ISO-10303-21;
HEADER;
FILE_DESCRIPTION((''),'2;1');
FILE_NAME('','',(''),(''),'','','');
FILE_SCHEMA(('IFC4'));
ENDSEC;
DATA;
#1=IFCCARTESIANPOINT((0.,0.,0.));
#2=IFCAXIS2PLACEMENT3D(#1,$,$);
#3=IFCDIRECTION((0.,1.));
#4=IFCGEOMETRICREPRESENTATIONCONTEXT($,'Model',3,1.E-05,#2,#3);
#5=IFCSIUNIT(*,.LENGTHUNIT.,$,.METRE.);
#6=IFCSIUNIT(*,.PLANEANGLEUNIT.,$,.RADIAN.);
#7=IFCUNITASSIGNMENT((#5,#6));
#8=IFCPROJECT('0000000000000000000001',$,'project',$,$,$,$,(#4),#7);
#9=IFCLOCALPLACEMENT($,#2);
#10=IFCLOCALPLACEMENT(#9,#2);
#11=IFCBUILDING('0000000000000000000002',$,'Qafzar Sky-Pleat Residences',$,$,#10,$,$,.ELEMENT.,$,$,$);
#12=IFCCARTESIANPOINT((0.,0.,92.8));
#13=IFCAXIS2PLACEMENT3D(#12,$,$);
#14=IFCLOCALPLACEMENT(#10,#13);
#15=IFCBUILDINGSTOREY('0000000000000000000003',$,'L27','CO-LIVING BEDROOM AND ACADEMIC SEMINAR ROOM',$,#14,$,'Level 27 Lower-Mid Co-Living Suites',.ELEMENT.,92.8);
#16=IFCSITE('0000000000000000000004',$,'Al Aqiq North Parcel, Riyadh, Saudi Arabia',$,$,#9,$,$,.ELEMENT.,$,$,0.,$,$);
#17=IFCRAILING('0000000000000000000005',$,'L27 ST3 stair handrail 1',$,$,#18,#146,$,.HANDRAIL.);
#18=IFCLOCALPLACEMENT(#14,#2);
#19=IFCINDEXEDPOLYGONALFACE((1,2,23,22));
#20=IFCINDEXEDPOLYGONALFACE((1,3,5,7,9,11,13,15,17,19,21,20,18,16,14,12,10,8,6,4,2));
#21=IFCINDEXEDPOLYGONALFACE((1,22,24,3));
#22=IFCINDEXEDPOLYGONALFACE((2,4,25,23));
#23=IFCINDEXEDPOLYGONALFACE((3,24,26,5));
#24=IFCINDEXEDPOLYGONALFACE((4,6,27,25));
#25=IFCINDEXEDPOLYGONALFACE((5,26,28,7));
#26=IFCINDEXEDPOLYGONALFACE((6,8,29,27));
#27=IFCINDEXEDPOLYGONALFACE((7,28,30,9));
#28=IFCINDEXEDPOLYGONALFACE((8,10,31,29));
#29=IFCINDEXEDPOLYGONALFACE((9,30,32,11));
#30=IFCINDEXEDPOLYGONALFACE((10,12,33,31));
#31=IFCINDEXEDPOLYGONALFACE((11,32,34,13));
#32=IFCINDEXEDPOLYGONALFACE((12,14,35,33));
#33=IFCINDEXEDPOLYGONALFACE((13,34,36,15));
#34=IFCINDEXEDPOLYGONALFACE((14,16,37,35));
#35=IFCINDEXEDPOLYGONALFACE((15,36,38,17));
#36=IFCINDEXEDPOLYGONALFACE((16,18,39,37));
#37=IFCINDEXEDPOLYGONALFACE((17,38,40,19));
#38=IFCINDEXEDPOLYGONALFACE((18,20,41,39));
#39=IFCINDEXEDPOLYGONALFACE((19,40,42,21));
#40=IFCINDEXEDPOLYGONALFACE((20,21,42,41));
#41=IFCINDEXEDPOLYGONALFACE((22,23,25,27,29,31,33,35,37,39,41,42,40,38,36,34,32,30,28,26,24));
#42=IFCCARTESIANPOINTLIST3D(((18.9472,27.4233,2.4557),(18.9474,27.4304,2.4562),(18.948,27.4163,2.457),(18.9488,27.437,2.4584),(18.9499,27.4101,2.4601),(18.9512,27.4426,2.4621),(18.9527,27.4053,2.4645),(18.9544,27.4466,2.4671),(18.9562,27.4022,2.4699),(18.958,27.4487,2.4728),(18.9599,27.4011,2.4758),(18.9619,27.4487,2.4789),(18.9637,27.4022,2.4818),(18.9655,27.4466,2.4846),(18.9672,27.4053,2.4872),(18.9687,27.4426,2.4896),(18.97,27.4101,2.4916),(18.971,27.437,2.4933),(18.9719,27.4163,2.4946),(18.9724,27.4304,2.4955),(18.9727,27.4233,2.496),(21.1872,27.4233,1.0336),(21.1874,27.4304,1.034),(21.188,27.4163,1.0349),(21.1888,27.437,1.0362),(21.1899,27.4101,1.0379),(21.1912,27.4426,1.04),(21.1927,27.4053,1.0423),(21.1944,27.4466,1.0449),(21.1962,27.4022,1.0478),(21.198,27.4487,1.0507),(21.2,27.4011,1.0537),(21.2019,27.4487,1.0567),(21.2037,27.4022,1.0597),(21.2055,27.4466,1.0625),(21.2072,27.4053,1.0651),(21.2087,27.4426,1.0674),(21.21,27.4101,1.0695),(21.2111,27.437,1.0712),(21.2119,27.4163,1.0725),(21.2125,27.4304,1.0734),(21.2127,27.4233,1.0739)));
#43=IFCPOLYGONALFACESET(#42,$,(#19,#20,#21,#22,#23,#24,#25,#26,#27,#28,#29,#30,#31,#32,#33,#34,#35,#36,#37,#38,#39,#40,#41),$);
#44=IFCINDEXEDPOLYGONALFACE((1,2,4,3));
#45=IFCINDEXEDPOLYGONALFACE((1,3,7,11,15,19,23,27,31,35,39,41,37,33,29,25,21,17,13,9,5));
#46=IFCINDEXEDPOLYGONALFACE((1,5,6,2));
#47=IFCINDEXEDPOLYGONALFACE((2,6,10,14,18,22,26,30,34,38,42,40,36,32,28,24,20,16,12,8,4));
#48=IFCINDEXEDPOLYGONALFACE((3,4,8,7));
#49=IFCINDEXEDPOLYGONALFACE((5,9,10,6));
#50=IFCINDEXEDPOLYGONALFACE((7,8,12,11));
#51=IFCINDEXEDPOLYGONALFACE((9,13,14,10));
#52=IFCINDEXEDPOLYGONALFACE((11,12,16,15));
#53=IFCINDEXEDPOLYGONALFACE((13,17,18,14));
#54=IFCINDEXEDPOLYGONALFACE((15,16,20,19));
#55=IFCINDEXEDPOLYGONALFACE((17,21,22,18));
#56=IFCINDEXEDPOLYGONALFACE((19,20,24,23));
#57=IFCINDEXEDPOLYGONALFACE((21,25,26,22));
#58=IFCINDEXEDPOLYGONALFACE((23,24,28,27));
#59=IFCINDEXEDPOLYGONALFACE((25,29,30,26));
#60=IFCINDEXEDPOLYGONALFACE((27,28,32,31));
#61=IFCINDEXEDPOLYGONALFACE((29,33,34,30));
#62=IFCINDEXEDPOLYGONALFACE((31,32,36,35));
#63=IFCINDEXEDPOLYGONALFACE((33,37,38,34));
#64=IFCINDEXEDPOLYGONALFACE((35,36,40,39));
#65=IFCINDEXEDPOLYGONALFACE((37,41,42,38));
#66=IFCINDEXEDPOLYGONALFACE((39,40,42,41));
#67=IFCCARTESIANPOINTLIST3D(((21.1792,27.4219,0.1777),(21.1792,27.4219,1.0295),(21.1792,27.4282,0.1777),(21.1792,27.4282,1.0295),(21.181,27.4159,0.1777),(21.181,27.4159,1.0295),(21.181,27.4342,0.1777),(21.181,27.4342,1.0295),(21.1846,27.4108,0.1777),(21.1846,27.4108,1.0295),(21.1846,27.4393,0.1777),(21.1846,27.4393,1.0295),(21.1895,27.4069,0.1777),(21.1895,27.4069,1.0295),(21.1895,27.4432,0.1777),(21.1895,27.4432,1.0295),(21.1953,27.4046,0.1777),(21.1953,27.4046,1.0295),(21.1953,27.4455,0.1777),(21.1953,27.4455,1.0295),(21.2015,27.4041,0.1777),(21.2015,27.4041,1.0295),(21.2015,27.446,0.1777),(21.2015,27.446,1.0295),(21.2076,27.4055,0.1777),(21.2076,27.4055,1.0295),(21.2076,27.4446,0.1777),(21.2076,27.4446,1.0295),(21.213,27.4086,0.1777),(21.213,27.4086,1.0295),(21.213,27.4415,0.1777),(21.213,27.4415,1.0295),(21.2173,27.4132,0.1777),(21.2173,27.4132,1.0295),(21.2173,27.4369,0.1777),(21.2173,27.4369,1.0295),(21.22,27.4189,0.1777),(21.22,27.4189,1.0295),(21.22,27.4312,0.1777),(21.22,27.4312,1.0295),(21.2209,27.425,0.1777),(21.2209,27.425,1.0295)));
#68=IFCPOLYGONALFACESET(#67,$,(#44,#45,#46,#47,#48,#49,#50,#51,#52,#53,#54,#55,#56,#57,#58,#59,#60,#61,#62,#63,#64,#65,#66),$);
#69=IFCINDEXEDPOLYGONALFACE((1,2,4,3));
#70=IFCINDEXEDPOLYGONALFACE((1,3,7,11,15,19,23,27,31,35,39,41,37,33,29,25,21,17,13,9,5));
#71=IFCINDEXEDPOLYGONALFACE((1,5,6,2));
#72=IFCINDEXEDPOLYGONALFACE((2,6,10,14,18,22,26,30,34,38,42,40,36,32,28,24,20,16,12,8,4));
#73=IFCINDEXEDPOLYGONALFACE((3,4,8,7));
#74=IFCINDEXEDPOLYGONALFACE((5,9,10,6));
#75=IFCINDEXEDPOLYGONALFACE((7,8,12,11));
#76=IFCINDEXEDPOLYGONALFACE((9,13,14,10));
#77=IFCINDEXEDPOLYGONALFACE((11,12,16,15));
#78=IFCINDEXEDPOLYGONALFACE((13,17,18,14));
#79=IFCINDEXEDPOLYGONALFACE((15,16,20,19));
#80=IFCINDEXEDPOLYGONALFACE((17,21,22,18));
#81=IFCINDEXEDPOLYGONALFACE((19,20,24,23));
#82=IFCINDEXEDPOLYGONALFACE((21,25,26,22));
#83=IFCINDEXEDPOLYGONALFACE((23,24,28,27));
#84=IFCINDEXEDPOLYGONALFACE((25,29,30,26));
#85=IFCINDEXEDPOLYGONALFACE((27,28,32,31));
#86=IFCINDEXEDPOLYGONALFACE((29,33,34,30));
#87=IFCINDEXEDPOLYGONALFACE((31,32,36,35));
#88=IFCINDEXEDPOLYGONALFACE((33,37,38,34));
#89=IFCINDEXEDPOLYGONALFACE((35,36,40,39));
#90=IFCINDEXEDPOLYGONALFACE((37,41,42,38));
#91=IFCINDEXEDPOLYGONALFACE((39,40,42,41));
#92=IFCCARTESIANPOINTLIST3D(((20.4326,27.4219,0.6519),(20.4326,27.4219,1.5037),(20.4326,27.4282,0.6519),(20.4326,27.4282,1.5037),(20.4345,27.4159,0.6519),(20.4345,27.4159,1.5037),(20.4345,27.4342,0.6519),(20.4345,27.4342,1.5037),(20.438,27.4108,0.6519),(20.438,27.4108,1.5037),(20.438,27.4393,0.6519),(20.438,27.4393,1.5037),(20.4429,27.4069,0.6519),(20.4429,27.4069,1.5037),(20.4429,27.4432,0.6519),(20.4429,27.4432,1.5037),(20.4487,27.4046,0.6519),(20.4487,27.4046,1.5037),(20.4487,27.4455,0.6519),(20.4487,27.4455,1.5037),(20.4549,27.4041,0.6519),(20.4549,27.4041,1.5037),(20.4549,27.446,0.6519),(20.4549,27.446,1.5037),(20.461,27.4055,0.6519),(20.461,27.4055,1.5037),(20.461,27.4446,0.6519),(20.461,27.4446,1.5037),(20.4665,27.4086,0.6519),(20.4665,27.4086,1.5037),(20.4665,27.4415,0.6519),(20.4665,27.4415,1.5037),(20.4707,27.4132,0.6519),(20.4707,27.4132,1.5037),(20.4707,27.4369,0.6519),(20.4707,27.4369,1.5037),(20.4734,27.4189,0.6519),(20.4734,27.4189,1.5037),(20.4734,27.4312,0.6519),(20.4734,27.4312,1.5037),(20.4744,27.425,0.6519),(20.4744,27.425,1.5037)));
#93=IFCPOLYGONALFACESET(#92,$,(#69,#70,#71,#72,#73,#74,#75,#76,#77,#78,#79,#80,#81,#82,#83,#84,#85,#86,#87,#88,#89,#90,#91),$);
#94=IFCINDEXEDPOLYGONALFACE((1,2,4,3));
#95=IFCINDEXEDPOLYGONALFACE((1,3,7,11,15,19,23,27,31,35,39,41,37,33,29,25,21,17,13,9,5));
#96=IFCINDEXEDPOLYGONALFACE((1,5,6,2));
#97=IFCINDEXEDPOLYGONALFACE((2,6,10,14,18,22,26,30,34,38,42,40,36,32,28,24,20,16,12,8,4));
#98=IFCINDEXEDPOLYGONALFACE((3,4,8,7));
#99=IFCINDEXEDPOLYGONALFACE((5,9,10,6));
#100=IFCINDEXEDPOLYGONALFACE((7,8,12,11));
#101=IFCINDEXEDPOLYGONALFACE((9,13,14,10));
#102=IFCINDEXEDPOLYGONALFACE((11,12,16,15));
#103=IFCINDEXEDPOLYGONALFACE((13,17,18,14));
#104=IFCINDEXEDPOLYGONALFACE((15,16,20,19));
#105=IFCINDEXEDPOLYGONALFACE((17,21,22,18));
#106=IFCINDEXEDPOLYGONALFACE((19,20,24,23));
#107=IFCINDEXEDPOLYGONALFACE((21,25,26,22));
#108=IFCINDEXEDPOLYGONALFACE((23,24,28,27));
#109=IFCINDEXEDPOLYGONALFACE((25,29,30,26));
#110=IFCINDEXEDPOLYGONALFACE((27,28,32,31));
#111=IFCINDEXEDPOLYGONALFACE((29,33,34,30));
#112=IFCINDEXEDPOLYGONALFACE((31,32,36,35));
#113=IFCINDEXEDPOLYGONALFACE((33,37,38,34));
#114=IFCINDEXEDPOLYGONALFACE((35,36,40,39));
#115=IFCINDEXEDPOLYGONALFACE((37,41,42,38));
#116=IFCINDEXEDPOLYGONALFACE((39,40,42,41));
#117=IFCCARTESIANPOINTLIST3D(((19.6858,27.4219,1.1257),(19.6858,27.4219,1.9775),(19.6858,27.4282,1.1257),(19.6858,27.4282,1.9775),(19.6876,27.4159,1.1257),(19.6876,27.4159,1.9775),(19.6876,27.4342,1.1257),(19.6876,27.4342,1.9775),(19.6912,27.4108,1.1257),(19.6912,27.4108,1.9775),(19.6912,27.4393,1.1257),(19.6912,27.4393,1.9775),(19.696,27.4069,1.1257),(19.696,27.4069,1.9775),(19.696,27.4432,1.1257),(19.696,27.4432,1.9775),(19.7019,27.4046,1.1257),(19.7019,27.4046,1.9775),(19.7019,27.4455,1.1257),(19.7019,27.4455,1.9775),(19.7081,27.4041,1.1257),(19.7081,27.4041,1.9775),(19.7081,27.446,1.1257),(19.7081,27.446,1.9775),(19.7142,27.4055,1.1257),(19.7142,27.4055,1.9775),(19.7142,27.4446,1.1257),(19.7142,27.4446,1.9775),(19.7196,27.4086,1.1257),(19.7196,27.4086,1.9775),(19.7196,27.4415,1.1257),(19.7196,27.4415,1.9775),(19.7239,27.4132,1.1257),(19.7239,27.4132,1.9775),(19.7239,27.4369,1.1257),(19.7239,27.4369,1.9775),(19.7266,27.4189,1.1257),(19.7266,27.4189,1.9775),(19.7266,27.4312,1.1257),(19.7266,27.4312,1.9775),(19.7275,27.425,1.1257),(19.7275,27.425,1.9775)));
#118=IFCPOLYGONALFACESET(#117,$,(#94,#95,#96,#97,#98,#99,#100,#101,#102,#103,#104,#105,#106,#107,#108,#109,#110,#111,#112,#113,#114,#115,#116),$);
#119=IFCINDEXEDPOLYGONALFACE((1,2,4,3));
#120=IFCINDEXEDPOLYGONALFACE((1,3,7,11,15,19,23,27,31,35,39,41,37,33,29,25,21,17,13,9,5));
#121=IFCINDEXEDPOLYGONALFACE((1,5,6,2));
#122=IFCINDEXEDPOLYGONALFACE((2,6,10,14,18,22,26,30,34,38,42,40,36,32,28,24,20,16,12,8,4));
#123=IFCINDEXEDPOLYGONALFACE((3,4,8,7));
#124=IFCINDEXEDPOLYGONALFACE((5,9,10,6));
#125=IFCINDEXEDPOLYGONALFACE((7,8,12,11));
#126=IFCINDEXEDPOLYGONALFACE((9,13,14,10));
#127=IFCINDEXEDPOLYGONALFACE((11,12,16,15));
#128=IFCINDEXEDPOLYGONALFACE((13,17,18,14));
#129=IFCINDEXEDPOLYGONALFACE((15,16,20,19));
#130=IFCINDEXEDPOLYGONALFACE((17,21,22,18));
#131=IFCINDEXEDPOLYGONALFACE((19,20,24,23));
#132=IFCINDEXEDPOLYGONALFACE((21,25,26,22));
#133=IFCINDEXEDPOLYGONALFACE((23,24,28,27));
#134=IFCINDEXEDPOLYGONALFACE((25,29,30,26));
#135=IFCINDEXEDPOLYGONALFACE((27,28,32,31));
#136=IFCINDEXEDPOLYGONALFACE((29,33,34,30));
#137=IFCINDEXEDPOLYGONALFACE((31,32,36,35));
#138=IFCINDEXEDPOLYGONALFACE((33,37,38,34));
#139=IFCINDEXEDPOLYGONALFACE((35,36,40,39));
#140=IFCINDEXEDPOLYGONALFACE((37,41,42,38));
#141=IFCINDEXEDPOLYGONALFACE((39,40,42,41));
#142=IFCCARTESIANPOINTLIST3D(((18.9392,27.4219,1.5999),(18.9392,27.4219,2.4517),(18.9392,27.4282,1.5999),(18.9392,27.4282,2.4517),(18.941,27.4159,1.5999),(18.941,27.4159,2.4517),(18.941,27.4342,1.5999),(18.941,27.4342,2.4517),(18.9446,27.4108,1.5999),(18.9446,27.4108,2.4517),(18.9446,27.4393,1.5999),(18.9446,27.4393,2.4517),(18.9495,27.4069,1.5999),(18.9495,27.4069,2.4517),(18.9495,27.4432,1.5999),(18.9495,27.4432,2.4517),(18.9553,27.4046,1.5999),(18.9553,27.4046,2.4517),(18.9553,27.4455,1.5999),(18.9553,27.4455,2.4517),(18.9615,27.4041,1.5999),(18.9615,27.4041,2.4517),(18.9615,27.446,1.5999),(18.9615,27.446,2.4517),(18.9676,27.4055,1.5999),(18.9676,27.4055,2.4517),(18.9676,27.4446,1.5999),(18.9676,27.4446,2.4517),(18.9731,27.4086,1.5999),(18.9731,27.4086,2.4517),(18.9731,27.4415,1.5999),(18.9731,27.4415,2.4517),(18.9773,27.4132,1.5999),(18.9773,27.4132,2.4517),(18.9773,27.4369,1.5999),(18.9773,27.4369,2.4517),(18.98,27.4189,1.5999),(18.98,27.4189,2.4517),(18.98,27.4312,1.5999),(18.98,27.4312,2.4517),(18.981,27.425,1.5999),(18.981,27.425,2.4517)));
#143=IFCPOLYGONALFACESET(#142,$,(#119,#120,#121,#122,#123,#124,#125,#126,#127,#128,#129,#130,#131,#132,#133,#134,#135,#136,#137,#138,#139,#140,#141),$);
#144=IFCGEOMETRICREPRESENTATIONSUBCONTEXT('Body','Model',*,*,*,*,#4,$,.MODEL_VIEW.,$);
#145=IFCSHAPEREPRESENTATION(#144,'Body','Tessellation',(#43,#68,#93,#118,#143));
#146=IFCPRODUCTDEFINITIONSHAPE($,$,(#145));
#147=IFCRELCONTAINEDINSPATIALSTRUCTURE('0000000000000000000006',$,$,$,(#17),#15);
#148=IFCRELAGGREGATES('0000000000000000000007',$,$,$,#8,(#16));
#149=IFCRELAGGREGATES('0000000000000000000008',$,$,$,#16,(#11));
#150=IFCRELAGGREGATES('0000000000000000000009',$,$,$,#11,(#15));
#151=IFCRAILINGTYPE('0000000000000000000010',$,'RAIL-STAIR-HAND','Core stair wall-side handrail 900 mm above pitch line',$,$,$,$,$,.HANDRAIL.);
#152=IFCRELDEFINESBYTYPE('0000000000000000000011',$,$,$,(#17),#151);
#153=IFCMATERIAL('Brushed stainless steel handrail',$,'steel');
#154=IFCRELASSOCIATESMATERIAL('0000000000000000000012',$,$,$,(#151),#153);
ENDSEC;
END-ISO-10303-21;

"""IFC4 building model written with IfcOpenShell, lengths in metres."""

from ifc_helpers import new_model, si_unit, direction, frame, origin, origin_2d, place, context, subcontext, project, spatial, circle, extrude, source, transform, mapped, material, type_object, element, save


model = new_model("IFC4")

# Units and contexts
model_context = context("Model", 3, precision=1e-05, world=origin(), true_north=direction((0.0, 1.0)))
body_context = subcontext(model_context, "Body", "Model", "MODEL_VIEW")
ifc_project = project(units=[si_unit("LENGTHUNIT", "METRE"), si_unit("PLANEANGLEUNIT", "RADIAN")], contexts=[model_context])

# Site, building, storey
site_placement = place(None, origin())
site = spatial("IfcSite", under=ifc_project, at=site_placement, Name="Al Aqiq North Parcel, Riyadh, Saudi Arabia", CompositionType="ELEMENT", RefElevation=0.0)
building_placement = place(site_placement, origin())
building = spatial("IfcBuilding", under=site, at=building_placement, Name="Qafzar Sky-Pleat Residences", CompositionType="ELEMENT")
storey_placement = place(building_placement, frame((0.0, 0.0, 92.8)))
storey = spatial("IfcBuildingStorey", under=building, at=storey_placement, Name="L27", Description="CO-LIVING BEDROOM AND ACADEMIC SEMINAR ROOM", LongName="Level 27 Lower-Mid Co-Living Suites", CompositionType="ELEMENT", Elevation=92.8)

# Railing
ifc_material_1 = material(Name="Brushed stainless steel handrail", Category="steel")
railing_type = type_object("IfcRailingType", Name="RAIL-STAIR-HAND", Description="Core stair wall-side handrail 900 mm above pitch line", PredefinedType="HANDRAIL", material=ifc_material_1)
shared_shape_1 = source(origin(), body_context, "Body", "SweptSolid", [
    extrude(circle(Radius=0.0239, at=origin_2d()), frame((0.0, 0.0, 0.876), z_axis=(-0.844229, 0.0, 0.535982), x_axis=(0.0, -1.0, 0.0)), (0.0, 0.0, 1.0), 2.6533),
    extrude(circle(Radius=0.021, at=origin_2d()), origin(), (0.0, 0.0, 1.0), 0.8518),
    extrude(circle(Radius=0.021, at=origin_2d()), frame((-0.7466, 0.0, 0.4741)), (0.0, 0.0, 1.0), 0.8518),
    extrude(circle(Radius=0.021, at=origin_2d()), frame((-1.4934, 0.0, 0.948)), (0.0, 0.0, 1.0), 0.8518),
    extrude(circle(Radius=0.021, at=origin_2d()), frame((-2.24, 0.0, 1.4221)), (0.0, 0.0, 1.0), 0.8518),
])
railing_placement = place(storey_placement, frame((21.2, 27.425, 0.1777)))
element("IfcRailing", 1, at=railing_placement, inside=storey, type_object=railing_type, Name="L27 ST3 stair handrail 1", PredefinedType="HANDRAIL", context=body_context, shape_type="MappedRepresentation", body=[
    mapped(shared_shape_1, transform((0.0, 0.0, 0.0), x_axis=(1.0, 0.0, 0.0), y_axis=(0.0, 1.0, 0.0), z_axis=(0.0, 0.0, 1.0), scale=1.0)),
])

save(model, "model.ifc")
